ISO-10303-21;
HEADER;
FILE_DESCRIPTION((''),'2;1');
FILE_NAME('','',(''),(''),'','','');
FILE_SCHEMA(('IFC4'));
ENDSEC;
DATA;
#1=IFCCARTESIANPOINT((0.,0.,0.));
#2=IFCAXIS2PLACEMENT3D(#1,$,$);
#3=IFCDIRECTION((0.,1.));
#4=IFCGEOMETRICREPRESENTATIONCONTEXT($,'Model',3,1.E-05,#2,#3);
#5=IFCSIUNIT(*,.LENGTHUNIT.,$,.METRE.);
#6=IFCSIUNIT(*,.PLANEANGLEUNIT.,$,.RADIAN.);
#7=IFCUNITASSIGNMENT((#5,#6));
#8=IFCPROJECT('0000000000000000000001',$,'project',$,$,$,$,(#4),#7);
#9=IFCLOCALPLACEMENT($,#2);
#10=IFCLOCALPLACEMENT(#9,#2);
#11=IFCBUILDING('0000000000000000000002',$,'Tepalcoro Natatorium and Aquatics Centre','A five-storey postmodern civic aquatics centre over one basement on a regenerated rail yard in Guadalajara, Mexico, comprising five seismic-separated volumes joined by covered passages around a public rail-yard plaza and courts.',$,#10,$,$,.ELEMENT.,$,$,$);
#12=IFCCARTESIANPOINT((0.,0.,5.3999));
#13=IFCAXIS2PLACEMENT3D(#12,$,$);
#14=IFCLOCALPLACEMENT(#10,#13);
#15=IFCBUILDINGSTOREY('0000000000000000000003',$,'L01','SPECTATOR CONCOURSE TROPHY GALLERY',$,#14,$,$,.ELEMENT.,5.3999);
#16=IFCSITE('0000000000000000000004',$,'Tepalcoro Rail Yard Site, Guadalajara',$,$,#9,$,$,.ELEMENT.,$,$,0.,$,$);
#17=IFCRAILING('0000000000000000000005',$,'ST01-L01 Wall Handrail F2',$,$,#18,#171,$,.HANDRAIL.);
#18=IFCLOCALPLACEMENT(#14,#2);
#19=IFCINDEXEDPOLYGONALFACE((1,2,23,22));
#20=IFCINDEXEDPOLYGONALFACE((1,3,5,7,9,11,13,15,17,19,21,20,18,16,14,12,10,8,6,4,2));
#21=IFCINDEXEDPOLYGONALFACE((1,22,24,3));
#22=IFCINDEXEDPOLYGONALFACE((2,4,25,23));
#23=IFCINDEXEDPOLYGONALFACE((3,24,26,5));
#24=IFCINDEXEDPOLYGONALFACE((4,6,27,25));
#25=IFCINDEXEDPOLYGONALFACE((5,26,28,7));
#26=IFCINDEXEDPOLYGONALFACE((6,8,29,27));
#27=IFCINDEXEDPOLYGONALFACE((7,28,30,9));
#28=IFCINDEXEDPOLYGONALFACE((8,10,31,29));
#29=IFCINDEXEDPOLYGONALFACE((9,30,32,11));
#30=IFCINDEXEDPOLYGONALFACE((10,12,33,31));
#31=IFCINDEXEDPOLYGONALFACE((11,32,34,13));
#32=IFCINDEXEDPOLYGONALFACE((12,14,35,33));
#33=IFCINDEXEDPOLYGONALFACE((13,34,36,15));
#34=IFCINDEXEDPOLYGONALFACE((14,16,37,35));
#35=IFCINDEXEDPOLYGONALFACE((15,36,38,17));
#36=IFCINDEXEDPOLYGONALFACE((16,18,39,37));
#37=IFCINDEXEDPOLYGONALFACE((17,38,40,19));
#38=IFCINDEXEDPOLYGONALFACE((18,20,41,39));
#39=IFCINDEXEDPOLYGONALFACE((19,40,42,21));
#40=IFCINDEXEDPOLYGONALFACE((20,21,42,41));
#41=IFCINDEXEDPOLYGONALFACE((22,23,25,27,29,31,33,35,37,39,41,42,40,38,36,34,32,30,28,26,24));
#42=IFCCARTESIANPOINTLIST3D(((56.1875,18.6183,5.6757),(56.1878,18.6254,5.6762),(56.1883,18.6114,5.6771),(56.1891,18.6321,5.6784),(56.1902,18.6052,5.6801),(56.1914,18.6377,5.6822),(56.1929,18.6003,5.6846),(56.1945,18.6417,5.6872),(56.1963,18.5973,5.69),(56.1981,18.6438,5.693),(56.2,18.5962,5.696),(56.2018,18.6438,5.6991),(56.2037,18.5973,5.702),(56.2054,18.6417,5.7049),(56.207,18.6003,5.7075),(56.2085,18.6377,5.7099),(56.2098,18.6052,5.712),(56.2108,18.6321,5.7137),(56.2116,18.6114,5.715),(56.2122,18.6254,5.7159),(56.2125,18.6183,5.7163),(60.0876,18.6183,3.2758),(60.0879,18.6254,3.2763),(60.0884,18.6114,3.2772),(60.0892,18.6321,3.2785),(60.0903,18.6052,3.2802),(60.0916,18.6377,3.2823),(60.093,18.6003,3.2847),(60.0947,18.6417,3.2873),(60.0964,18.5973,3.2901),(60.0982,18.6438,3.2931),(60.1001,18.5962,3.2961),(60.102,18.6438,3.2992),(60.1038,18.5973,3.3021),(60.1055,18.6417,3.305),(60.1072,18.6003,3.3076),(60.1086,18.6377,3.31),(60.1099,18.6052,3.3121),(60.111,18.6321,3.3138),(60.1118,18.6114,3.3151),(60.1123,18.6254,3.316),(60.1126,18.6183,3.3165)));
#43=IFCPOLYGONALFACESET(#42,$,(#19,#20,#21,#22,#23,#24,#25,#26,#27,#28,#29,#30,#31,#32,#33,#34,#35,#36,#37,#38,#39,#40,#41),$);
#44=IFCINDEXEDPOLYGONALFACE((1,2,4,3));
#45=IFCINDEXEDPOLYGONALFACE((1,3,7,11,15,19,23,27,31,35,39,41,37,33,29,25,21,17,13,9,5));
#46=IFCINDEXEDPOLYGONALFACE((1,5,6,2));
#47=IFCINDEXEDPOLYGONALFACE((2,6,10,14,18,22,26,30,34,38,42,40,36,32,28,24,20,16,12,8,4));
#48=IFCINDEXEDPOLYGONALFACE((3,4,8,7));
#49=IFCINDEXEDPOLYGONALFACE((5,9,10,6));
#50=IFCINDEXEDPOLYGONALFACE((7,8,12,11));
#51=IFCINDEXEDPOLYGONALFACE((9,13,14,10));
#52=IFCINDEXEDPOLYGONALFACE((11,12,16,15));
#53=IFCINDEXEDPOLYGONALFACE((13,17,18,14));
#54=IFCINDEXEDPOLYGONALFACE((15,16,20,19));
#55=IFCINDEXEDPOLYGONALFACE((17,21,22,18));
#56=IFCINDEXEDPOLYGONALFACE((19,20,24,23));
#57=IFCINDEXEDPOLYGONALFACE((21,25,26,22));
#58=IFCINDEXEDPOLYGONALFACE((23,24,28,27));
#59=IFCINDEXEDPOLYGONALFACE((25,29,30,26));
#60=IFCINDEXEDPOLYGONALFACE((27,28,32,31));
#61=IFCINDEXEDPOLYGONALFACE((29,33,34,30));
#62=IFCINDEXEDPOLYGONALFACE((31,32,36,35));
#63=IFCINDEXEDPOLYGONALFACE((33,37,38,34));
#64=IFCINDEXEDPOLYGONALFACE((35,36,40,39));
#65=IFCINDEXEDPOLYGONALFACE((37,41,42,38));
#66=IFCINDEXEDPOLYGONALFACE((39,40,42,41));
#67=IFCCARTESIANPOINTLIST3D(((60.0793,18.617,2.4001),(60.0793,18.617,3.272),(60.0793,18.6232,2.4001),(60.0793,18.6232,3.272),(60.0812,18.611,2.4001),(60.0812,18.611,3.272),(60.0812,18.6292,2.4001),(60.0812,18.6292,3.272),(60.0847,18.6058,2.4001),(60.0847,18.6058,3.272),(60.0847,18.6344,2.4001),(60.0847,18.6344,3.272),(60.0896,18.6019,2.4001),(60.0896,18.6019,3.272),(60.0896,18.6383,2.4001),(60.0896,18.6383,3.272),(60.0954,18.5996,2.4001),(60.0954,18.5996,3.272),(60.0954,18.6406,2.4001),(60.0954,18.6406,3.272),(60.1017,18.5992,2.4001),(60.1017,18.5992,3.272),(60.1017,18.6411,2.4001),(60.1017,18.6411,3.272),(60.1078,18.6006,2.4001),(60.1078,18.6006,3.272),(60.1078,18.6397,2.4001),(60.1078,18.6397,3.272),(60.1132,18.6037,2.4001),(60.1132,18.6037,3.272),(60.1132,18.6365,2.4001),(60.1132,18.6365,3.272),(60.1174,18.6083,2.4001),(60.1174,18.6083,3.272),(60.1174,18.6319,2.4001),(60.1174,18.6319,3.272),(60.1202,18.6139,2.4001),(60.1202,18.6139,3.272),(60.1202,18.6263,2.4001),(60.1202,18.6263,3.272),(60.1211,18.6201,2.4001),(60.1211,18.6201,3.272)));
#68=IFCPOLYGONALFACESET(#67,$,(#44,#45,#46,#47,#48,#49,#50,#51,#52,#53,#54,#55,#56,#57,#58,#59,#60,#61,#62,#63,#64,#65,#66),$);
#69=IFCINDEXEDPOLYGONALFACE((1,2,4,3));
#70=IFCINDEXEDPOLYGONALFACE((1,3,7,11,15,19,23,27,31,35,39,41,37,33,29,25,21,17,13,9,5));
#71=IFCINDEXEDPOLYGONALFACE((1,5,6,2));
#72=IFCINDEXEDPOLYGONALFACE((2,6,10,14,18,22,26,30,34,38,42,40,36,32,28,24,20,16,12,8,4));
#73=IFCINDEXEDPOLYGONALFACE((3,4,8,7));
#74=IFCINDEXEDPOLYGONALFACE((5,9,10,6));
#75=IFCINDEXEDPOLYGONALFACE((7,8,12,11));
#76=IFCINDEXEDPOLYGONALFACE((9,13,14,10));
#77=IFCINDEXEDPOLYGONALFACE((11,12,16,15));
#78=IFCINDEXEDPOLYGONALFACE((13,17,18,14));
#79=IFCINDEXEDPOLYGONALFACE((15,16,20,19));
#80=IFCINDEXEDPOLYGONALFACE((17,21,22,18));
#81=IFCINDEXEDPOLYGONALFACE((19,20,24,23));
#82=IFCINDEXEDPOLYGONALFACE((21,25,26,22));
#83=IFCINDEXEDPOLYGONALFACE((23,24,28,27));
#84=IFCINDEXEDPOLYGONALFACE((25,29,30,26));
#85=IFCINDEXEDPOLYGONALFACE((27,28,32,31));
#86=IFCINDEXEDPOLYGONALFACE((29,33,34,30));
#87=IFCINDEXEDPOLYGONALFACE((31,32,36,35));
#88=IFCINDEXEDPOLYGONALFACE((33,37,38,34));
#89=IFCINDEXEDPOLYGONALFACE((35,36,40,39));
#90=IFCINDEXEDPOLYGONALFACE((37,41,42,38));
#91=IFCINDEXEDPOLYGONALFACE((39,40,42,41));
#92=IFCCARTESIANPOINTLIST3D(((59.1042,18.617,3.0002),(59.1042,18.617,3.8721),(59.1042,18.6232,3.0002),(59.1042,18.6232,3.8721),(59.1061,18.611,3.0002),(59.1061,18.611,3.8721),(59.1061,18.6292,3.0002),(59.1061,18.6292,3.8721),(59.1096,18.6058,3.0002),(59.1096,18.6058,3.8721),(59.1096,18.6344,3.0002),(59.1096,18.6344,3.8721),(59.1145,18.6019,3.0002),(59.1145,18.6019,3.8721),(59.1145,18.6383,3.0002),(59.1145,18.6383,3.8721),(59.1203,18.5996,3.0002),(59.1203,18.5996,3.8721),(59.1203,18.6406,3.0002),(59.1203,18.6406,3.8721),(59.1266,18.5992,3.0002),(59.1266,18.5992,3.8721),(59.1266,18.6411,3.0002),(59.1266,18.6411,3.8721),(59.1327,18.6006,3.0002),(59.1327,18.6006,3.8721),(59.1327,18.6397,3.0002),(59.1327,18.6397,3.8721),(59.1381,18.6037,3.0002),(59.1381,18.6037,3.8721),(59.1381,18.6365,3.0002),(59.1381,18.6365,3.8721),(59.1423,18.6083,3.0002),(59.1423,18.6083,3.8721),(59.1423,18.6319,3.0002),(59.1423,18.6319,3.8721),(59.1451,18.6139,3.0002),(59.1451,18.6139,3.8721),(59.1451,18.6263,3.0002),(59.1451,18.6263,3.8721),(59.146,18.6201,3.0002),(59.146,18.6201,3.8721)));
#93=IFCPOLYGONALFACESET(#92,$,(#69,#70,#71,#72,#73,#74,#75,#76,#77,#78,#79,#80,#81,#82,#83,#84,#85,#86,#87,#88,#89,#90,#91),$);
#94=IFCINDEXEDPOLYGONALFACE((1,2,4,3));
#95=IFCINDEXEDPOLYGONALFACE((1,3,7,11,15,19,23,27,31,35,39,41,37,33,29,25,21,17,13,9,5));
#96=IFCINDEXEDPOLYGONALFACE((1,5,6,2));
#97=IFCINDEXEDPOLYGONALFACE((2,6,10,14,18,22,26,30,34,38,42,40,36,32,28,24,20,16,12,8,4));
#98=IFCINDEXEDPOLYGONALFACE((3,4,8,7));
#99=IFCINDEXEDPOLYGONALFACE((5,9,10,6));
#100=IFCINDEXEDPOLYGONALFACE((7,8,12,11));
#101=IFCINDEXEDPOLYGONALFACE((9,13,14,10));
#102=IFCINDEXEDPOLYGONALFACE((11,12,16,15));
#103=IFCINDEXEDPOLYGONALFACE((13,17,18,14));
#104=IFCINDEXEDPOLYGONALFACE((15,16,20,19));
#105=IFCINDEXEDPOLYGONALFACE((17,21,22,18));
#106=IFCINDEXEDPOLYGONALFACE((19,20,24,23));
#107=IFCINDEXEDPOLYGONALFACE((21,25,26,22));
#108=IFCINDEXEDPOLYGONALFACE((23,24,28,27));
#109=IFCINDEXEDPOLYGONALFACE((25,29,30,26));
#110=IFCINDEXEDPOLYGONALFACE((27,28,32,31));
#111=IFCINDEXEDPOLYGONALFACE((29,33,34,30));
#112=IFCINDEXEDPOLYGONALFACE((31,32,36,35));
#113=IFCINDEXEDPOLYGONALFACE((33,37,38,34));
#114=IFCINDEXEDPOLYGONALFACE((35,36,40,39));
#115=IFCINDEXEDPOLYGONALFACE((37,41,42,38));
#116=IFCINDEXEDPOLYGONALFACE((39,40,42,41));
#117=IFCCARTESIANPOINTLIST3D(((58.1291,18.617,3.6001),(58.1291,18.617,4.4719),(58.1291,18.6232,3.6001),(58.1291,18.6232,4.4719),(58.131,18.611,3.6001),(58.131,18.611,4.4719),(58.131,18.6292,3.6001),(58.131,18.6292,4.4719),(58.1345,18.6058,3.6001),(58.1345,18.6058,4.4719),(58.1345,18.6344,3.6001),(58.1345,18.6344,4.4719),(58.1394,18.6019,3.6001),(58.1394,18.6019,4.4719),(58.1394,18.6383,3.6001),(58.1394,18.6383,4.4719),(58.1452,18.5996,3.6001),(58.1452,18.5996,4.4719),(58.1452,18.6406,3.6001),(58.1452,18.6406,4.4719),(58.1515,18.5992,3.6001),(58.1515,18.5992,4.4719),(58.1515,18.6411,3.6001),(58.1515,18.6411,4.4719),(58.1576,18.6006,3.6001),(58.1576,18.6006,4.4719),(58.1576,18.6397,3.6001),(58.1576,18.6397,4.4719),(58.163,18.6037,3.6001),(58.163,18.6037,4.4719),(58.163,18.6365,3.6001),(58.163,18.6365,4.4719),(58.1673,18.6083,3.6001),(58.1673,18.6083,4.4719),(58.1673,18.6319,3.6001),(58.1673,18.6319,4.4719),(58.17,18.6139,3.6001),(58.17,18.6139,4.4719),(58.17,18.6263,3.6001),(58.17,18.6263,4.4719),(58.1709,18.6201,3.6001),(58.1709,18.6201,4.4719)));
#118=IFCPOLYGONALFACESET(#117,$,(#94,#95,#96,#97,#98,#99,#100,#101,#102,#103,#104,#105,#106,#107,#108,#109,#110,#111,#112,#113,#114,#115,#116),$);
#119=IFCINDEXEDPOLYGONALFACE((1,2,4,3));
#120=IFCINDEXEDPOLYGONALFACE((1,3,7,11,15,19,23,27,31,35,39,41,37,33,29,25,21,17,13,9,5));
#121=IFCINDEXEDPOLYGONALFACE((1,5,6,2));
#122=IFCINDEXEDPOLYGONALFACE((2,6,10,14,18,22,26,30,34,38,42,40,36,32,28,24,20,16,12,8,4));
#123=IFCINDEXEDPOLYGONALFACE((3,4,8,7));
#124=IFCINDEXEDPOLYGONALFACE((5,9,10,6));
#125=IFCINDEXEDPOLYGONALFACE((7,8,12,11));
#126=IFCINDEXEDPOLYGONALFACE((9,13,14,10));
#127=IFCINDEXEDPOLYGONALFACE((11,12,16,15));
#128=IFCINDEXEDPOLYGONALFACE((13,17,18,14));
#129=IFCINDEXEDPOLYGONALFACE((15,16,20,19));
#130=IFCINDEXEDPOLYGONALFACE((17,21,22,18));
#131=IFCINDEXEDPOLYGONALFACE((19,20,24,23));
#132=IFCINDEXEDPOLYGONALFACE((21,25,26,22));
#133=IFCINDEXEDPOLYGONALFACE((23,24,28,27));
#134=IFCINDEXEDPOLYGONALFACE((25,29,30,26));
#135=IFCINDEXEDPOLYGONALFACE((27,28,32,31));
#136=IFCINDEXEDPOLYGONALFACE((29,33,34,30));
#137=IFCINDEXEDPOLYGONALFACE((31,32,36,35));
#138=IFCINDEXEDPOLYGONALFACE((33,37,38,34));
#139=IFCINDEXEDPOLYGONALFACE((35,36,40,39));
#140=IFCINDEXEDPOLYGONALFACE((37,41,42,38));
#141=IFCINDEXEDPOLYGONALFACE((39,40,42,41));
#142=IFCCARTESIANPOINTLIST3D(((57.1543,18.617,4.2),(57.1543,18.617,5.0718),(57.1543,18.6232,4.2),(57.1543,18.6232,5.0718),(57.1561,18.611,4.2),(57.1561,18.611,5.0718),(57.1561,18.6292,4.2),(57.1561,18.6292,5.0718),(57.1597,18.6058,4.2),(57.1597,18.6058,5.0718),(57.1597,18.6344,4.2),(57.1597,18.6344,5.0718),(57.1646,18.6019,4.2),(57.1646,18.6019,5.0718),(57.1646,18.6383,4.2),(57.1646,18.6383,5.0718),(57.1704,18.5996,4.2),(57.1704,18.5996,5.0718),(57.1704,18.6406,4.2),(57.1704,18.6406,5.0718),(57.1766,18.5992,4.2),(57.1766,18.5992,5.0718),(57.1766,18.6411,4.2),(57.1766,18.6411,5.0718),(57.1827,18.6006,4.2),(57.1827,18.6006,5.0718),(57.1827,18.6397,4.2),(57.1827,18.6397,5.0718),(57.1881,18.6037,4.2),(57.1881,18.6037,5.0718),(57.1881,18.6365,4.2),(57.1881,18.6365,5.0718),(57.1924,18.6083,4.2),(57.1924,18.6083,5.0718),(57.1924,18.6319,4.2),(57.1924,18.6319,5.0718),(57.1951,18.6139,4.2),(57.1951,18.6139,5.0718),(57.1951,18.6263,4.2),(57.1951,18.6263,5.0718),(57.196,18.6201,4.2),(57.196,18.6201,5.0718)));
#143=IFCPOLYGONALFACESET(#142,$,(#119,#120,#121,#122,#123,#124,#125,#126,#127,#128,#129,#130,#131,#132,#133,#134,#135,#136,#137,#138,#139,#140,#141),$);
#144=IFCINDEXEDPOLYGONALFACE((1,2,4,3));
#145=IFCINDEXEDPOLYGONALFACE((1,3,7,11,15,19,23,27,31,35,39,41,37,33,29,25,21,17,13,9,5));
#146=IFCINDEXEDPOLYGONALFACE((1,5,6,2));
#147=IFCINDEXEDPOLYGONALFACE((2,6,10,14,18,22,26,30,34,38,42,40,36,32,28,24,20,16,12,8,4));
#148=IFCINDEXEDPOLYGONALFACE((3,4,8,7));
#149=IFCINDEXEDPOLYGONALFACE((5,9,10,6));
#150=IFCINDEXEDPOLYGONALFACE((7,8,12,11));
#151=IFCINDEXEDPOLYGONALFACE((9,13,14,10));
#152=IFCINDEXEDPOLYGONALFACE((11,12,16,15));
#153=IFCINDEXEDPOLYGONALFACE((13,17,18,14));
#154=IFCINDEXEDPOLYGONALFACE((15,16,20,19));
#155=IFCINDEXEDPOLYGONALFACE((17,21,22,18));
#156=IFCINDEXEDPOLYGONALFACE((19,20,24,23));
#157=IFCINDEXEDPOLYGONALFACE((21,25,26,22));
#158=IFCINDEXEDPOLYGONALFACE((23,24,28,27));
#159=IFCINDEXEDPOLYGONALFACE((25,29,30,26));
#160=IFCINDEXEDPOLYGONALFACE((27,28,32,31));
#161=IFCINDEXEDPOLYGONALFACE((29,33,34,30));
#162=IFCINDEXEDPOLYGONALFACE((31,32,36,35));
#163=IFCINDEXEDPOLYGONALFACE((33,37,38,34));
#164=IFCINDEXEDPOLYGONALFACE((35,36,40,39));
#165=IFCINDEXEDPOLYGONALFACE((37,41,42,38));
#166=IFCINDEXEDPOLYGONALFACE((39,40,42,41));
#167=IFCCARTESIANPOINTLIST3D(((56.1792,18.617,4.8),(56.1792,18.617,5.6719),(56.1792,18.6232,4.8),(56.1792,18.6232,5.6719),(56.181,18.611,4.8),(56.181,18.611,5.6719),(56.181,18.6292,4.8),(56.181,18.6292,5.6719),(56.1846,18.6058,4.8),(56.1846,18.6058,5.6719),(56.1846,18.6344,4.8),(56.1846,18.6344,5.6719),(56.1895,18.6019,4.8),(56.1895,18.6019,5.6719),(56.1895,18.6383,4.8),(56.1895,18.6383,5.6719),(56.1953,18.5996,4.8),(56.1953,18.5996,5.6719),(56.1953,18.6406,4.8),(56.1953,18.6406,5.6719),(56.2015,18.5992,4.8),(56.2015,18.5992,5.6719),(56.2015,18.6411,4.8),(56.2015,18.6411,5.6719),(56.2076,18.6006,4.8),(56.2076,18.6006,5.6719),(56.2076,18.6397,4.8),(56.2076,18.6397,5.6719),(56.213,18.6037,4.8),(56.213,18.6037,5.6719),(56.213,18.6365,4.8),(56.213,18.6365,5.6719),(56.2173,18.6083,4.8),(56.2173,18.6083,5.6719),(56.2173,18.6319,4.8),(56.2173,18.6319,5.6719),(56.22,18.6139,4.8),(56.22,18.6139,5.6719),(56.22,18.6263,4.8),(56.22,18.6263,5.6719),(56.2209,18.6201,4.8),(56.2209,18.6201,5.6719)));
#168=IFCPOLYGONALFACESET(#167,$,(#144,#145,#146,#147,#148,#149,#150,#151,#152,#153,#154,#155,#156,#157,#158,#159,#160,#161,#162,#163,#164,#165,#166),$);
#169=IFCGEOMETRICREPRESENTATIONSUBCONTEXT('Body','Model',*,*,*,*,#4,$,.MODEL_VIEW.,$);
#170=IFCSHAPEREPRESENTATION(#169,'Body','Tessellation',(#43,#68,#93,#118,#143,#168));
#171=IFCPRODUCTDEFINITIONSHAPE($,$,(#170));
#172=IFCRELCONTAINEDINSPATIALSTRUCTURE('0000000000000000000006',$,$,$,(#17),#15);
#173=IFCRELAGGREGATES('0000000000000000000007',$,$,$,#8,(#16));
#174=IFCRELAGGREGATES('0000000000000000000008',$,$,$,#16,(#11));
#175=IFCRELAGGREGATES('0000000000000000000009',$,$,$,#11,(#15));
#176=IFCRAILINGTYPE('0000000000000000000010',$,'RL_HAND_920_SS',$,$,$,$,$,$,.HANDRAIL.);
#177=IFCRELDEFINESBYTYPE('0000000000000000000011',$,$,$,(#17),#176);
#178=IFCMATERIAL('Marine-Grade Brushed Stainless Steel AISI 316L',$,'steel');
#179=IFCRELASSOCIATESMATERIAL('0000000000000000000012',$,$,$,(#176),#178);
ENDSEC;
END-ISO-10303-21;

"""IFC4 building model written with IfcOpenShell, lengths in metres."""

from ifc_helpers import new_model, si_unit, direction, frame, origin, origin_2d, place, context, subcontext, project, spatial, circle, extrude, material, type_object, element, save


model = new_model("IFC4")

# Units and contexts
model_context = context("Model", 3, precision=1e-05, world=origin(), true_north=direction((0.0, 1.0)))
body_context = subcontext(model_context, "Body", "Model", "MODEL_VIEW")
ifc_project = project(units=[si_unit("LENGTHUNIT", "METRE"), si_unit("PLANEANGLEUNIT", "RADIAN")], contexts=[model_context])

# Site, building, storey
site_placement = place(None, origin())
site = spatial("IfcSite", under=ifc_project, at=site_placement, Name="Tepalcoro Rail Yard Site, Guadalajara", CompositionType="ELEMENT", RefElevation=0.0)
building_placement = place(site_placement, origin())
building = spatial("IfcBuilding", under=site, at=building_placement, Name="Tepalcoro Natatorium and Aquatics Centre", Description="A five-storey postmodern civic aquatics centre over one basement on a regenerated rail yard in Guadalajara, Mexico, comprising five seismic-separated volumes joined by covered passages around a public rail-yard plaza and courts.", CompositionType="ELEMENT")
storey_placement = place(building_placement, frame((0.0, 0.0, 5.3999)))
storey = spatial("IfcBuildingStorey", under=building, at=storey_placement, Name="L01", Description="SPECTATOR CONCOURSE TROPHY GALLERY", CompositionType="ELEMENT", Elevation=5.3999)

# Railing
ifc_material_1 = material(Name="Marine-Grade Brushed Stainless Steel AISI 316L", Category="steel")
railing_type_1 = type_object("IfcRailingType", Name="RL_HAND_920_SS", PredefinedType="HANDRAIL", material=ifc_material_1)
railing_1_placement = place(storey_placement, frame((60.1001, 18.6201, 2.4001)))
element("IfcRailing", 1, at=railing_1_placement, inside=storey, type_object=railing_type_1, Name="ST01-L01 Wall Handrail F2", PredefinedType="HANDRAIL", context=body_context, shape_type="SweptSolid", body=[
    extrude(circle(Radius=0.0239, at=origin_2d()), frame((0.0, 0.0, 0.896), z_axis=(-0.851677, 0.0, 0.524068), x_axis=(0.0, -1.0, 0.0)), (0.0, 0.0, 1.0), 4.5793),
    extrude(circle(Radius=0.021, at=origin_2d()), origin(), (0.0, 0.0, 1.0), 0.8718),
    extrude(circle(Radius=0.021, at=origin_2d()), frame((-0.9751, 0.0, 0.6001)), (0.0, 0.0, 1.0), 0.8718),
    extrude(circle(Radius=0.021, at=origin_2d()), frame((-1.9502, 0.0, 1.2)), (0.0, 0.0, 1.0), 0.8718),
    extrude(circle(Radius=0.021, at=origin_2d()), frame((-2.925, 0.0, 1.7998)), (0.0, 0.0, 1.0), 0.8718),
    extrude(circle(Radius=0.021, at=origin_2d()), frame((-3.9001, 0.0, 2.3999)), (0.0, 0.0, 1.0), 0.8718),
])

save(model, "model.ifc")
